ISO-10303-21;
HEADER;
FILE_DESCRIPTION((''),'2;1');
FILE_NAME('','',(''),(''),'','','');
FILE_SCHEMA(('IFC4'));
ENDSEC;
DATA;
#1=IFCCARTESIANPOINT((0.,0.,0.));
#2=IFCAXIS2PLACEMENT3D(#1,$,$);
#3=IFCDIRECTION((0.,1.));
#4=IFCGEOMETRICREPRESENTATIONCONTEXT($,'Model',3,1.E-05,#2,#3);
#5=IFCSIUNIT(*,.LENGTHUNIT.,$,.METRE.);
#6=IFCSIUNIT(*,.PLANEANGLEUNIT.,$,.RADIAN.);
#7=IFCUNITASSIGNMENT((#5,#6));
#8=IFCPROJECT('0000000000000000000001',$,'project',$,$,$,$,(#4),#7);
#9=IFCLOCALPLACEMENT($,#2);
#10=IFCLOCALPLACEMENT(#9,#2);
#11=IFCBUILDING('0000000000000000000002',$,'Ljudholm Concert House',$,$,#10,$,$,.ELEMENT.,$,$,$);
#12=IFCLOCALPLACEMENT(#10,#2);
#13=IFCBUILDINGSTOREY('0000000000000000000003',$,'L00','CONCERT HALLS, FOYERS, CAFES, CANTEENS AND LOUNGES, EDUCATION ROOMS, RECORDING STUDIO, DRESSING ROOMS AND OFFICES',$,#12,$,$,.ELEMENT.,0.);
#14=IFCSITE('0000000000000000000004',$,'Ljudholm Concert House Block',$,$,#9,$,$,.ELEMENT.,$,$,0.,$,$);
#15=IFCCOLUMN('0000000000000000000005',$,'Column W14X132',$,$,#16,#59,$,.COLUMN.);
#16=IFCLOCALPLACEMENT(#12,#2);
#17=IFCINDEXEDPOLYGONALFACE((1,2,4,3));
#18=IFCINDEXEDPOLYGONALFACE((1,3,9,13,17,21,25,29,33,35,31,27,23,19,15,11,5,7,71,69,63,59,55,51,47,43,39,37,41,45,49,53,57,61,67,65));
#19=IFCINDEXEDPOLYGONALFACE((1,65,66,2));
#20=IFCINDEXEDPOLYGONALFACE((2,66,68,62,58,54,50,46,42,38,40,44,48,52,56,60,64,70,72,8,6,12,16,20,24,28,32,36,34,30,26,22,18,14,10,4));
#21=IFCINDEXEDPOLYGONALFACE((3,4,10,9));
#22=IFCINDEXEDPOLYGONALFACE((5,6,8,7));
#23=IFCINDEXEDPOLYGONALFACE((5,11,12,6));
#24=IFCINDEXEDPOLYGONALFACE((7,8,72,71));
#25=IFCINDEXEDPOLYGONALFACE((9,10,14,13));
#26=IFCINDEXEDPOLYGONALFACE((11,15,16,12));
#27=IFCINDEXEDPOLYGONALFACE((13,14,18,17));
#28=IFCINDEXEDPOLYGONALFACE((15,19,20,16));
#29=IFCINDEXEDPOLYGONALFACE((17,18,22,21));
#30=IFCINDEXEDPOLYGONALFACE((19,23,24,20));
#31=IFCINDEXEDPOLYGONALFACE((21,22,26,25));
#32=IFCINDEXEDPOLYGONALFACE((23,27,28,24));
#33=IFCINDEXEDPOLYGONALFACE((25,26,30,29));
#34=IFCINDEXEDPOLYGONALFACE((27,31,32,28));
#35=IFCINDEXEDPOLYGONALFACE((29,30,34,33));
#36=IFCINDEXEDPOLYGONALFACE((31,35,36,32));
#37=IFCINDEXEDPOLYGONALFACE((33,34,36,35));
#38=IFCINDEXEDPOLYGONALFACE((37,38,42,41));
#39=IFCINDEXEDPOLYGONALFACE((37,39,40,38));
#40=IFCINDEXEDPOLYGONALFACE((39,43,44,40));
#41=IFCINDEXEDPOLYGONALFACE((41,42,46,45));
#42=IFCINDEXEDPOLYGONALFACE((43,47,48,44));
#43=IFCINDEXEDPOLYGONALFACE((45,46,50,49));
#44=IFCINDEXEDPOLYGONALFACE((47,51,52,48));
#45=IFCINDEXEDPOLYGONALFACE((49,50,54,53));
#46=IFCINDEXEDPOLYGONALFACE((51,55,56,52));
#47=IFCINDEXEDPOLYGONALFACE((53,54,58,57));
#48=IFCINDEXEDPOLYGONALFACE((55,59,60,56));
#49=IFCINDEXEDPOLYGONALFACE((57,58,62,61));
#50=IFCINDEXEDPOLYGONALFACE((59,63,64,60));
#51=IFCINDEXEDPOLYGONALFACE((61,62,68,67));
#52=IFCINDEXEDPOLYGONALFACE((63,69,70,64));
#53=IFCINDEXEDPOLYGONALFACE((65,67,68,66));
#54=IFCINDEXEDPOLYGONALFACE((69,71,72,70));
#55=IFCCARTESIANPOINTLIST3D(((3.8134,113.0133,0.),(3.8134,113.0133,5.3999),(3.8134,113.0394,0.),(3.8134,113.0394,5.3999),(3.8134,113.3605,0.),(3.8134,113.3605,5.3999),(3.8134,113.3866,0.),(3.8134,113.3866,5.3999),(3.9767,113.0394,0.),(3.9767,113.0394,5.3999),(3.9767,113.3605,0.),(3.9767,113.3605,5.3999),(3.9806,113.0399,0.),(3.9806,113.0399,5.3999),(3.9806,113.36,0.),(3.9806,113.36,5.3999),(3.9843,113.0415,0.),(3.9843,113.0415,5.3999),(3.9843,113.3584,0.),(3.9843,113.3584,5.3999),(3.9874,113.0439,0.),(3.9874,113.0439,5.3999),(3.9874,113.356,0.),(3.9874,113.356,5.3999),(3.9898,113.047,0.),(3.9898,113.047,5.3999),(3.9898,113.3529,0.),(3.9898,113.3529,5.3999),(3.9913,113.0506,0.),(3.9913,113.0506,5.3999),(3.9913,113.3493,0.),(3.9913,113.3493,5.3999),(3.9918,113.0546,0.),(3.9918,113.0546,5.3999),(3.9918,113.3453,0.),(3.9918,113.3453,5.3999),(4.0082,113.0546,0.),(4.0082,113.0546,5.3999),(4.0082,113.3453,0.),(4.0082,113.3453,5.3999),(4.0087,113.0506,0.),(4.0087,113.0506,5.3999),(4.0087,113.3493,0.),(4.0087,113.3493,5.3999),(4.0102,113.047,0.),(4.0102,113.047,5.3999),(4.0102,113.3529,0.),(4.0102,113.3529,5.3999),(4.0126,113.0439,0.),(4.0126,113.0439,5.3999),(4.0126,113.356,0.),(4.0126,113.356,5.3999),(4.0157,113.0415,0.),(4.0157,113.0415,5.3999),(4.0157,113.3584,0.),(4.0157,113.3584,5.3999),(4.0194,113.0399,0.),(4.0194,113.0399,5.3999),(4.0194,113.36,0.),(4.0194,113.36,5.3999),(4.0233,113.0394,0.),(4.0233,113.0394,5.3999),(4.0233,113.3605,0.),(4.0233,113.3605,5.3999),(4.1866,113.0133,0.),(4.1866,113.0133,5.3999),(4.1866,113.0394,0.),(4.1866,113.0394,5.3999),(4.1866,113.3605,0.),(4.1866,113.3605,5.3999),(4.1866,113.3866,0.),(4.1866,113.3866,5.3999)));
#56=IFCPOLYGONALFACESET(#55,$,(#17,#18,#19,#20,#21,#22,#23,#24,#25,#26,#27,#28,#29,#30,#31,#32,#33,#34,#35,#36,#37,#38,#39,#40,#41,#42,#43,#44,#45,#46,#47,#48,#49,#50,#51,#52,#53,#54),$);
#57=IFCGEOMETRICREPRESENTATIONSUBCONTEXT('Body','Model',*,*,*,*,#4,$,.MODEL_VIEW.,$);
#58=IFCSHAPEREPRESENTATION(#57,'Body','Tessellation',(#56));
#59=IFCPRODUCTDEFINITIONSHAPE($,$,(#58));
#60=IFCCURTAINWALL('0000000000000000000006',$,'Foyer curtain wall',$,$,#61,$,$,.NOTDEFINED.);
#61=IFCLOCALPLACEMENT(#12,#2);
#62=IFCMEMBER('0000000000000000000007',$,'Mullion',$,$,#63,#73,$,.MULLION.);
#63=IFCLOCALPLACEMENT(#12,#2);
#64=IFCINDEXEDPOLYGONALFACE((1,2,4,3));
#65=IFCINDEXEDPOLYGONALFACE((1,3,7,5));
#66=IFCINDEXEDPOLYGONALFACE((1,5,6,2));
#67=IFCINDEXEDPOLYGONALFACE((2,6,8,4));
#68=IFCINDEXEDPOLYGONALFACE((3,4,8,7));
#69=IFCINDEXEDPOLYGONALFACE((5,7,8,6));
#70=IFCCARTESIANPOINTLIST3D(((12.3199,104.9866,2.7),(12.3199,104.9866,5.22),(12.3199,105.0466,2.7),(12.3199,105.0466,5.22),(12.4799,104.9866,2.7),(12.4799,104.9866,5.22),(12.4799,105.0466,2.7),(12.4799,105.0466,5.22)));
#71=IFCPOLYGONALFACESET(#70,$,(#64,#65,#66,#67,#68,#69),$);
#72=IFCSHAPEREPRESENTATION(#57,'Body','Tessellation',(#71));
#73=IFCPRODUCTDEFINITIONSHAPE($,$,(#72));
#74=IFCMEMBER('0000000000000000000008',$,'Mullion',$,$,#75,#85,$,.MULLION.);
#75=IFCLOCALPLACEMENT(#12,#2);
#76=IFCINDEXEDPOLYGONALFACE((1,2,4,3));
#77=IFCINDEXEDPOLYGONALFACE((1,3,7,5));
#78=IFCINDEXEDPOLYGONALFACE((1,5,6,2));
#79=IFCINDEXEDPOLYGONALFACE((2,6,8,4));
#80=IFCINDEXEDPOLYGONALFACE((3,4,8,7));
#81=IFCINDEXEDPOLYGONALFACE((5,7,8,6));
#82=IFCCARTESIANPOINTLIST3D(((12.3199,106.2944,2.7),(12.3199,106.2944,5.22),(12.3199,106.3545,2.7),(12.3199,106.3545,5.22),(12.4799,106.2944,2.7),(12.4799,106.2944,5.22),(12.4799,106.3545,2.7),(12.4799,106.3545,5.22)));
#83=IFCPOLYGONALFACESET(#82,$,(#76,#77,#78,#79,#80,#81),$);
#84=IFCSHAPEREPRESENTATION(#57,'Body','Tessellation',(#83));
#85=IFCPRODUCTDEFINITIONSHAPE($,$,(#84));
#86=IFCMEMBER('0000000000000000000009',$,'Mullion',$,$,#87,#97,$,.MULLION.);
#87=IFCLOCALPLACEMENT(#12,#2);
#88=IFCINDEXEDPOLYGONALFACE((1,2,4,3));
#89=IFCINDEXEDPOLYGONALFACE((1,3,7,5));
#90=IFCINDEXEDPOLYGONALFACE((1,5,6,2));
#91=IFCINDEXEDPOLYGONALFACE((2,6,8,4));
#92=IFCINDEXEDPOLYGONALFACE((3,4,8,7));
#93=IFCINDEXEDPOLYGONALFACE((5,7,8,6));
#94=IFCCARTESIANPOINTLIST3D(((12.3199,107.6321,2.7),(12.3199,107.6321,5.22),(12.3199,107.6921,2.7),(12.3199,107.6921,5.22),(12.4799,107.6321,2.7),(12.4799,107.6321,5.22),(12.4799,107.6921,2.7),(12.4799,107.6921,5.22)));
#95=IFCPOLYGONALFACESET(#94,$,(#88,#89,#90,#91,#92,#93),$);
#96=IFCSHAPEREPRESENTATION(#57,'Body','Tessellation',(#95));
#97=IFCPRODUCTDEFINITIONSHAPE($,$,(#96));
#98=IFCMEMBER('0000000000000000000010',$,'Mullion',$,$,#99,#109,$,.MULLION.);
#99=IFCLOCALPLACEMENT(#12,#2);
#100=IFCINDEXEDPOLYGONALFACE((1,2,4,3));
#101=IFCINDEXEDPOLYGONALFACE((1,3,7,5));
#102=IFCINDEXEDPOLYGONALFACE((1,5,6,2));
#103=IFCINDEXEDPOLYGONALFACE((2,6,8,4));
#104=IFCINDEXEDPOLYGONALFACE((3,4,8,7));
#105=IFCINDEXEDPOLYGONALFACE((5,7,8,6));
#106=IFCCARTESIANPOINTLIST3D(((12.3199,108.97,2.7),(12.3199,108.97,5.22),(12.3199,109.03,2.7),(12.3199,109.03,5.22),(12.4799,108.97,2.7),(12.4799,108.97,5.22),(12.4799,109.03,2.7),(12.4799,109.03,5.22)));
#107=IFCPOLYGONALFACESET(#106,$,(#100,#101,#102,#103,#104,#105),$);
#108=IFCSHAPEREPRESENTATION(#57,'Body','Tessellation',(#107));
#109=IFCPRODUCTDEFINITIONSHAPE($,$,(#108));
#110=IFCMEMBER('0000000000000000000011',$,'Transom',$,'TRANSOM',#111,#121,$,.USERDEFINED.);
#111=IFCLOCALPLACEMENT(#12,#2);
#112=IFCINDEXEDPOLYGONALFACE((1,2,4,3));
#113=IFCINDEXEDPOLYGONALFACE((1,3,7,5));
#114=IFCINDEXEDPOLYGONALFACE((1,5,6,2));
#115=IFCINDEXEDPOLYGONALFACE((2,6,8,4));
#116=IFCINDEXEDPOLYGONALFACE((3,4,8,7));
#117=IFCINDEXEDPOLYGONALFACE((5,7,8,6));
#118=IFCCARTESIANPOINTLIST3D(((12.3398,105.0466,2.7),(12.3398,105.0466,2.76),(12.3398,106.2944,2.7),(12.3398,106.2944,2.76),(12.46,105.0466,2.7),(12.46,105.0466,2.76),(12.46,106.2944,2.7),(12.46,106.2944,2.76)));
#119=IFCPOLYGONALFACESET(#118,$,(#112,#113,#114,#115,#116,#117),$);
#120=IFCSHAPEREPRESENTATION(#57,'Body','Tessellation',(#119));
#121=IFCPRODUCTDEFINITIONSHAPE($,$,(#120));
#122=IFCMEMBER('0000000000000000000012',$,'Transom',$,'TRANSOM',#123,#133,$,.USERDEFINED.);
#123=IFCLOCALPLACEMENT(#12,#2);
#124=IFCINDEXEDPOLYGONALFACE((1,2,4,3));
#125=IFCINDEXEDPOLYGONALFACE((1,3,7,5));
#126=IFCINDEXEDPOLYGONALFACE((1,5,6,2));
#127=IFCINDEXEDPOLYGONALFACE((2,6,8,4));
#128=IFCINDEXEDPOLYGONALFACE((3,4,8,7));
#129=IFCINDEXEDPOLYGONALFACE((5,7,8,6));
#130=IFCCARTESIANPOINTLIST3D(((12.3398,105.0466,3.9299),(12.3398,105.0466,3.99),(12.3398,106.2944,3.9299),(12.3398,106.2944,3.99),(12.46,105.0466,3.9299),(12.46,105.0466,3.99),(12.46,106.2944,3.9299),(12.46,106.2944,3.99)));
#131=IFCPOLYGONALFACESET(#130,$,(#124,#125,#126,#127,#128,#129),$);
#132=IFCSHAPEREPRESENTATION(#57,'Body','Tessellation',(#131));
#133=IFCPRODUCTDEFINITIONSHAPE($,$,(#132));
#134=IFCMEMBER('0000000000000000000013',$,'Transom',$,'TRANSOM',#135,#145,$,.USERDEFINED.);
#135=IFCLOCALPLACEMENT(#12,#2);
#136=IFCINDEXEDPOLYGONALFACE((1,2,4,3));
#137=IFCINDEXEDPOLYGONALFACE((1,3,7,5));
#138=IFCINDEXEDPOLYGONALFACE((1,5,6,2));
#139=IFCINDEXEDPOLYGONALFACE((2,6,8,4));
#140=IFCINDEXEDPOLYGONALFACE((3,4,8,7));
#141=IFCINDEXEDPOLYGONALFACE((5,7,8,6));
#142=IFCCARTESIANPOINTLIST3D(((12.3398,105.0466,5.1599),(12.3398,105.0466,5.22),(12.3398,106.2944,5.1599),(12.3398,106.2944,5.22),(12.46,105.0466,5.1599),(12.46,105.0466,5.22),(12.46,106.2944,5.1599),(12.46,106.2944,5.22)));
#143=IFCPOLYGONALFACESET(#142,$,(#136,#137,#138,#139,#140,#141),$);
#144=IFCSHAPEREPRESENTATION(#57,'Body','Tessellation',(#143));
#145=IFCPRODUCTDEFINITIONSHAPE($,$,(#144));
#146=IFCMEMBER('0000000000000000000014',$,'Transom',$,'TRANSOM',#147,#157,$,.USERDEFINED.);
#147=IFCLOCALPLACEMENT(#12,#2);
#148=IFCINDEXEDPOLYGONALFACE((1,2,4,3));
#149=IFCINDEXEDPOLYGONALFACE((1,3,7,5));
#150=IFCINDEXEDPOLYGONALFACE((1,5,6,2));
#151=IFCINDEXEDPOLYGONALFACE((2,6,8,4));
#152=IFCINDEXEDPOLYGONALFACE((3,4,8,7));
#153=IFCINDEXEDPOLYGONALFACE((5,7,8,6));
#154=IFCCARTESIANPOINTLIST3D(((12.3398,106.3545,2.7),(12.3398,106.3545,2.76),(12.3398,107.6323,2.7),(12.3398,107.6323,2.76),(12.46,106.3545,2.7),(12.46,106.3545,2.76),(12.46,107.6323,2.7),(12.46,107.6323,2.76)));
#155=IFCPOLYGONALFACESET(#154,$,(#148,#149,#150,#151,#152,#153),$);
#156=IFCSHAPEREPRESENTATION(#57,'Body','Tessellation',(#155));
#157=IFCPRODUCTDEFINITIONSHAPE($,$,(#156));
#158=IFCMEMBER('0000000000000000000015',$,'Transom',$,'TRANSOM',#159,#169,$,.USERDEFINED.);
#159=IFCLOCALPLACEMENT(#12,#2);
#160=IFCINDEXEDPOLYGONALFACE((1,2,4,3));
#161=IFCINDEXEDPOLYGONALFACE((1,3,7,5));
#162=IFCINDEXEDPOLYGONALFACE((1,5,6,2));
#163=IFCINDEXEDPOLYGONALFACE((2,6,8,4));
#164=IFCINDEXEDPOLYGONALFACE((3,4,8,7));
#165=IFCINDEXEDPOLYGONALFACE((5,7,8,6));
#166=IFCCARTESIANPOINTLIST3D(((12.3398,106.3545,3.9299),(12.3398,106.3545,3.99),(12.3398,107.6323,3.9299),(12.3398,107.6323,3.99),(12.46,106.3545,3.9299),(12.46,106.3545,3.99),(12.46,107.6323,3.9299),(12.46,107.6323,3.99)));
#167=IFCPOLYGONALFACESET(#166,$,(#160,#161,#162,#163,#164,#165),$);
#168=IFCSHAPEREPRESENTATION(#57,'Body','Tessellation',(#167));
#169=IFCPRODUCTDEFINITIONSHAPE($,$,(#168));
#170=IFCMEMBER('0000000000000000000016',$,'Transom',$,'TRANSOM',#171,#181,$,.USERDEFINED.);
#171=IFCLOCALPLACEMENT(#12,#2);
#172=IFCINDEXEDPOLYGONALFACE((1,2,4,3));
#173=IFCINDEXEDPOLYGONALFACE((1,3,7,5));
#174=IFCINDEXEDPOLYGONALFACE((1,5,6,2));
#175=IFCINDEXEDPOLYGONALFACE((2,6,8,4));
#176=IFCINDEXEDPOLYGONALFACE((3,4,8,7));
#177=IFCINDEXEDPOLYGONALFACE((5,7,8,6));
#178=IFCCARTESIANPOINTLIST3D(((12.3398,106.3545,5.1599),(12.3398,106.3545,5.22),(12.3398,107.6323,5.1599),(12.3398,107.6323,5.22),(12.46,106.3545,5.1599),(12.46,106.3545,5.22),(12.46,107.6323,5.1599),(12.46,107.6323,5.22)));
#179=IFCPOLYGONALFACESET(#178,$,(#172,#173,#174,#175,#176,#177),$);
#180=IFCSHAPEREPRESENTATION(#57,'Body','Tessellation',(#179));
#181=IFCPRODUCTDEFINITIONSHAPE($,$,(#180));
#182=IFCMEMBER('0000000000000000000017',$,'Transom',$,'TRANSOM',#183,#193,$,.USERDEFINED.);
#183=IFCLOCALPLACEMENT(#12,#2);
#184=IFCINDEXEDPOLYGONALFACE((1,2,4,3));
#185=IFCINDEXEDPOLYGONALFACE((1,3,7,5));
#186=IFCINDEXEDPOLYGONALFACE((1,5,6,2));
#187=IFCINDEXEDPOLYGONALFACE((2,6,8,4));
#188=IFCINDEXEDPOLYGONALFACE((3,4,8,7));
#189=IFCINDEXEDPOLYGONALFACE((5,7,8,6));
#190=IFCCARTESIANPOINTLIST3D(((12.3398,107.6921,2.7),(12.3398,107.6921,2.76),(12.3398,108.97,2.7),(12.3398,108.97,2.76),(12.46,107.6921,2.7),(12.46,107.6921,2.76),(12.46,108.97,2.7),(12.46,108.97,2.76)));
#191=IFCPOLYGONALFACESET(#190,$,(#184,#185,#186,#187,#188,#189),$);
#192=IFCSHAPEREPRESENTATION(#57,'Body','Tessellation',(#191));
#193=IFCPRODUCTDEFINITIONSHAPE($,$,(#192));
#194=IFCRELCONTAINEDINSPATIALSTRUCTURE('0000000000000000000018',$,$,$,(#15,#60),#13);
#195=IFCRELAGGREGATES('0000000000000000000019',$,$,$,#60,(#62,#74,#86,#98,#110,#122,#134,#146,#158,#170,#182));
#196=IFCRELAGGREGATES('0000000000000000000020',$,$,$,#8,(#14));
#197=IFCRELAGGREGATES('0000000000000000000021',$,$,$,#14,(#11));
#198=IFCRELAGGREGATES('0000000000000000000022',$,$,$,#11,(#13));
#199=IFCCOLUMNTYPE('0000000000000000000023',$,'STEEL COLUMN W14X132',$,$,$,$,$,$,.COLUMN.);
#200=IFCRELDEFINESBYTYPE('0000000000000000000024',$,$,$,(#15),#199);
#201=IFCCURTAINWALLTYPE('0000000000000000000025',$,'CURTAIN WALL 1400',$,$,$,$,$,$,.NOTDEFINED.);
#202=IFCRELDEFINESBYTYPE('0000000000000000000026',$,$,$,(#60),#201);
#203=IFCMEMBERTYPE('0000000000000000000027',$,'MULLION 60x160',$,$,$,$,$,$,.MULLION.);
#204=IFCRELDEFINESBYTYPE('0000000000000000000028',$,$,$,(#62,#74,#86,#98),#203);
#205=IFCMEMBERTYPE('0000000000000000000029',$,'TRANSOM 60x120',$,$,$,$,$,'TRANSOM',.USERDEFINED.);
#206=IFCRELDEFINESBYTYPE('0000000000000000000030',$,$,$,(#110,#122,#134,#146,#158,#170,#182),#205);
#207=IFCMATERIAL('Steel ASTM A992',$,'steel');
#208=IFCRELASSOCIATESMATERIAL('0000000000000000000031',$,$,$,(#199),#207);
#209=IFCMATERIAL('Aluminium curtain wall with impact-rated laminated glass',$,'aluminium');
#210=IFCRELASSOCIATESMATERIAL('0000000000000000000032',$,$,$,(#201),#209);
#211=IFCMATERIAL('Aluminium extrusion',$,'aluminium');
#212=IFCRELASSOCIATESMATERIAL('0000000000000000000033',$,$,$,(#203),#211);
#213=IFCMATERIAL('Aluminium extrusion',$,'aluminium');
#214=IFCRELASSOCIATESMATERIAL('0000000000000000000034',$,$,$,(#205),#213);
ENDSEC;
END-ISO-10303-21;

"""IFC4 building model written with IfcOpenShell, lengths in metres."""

from ifc_helpers import new_model, si_unit, direction, frame, origin, origin_2d, place, context, subcontext, project, spatial, rectangle, i_section, extrude, material, material_profile, profile_set, type_object, element, aggregate, save


model = new_model("IFC4")

# Units and contexts
model_context = context("Model", 3, precision=1e-05, world=origin(), true_north=direction((0.0, 1.0)))
body_context = subcontext(model_context, "Body", "Model", "MODEL_VIEW")
ifc_project = project(units=[si_unit("LENGTHUNIT", "METRE"), si_unit("PLANEANGLEUNIT", "RADIAN")], contexts=[model_context])

# Site, building, storey
site_placement = place(None, origin())
site = spatial("IfcSite", under=ifc_project, at=site_placement, Name="Ljudholm Concert House Block", CompositionType="ELEMENT", RefElevation=0.0)
building_placement = place(site_placement, origin())
building = spatial("IfcBuilding", under=site, at=building_placement, Name="Ljudholm Concert House", CompositionType="ELEMENT")
storey_placement = place(building_placement, origin())
storey = spatial("IfcBuildingStorey", under=building, at=storey_placement, Name="L00", Description="CONCERT HALLS, FOYERS, CAFES, CANTEENS AND LOUNGES, EDUCATION ROOMS, RECORDING STUDIO, DRESSING ROOMS AND OFFICES", CompositionType="ELEMENT", Elevation=0.0)

# Column
ifc_material_1 = material(Name="Steel ASTM A992", Category="steel")
ifc_material_profile_1 = material_profile(ifc_material_1, i_section(OverallWidth=0.3733, OverallDepth=0.3733, WebThickness=0.0164, FlangeThickness=0.0261, FilletRadius=0.0151, at=origin_2d()), Name="W14X132")
ifc_profile_set_1 = profile_set([ifc_material_profile_1], Name="Steel ASTM A992")
column_type = type_object("IfcColumnType", Name="STEEL COLUMN W14X132", PredefinedType="COLUMN", material=ifc_profile_set_1)
column_placement = place(storey_placement, frame((4.0, 113.2, 0.0), z_axis=(0.0, 0.0, 1.0), x_axis=(1.0, 0.0, 0.0)))
element("IfcColumn", 1, at=column_placement, inside=storey, type_object=column_type, Name="Column W14X132", PredefinedType="COLUMN", context=body_context, shape_type="SweptSolid", body=[
    extrude(i_section(OverallWidth=0.3733, OverallDepth=0.3733, WebThickness=0.0164, FlangeThickness=0.0261, FilletRadius=0.0151, at=origin_2d()), origin(), (0.0, 0.0, 1.0), 5.3999),
])

# Curtain wall, members
ifc_material_2 = material(Name="Aluminium curtain wall with impact-rated laminated glass", Category="aluminium")
curtain_wall_type = type_object("IfcCurtainWallType", Name="CURTAIN WALL 1400", PredefinedType="NOTDEFINED", material=ifc_material_2)
curtain_wall_placement = place(storey_placement, origin())
curtain_wall = element("IfcCurtainWall", 2, at=curtain_wall_placement, inside=storey, type_object=curtain_wall_type, Name="Foyer curtain wall", PredefinedType="NOTDEFINED")
ifc_material_3 = material(Name="Aluminium extrusion", Category="aluminium")
ifc_material_profile_2 = material_profile(ifc_material_3, rectangle(XDim=0.1599, YDim=0.0601, at=origin_2d()), Name="MULLION 60x160")
ifc_profile_set_2 = profile_set([ifc_material_profile_2], Name="Aluminium extrusion")
member_type_1 = type_object("IfcMemberType", Name="MULLION 60x160", PredefinedType="MULLION", material=ifc_profile_set_2)
member_1_placement = place(storey_placement, frame((12.3999, 105.0166, 2.7), z_axis=(0.0, 0.0, 1.0), x_axis=(-1.0, 0.0, 0.0)))
member_1 = element("IfcMember", 3, at=member_1_placement, type_object=member_type_1, Name="Mullion", PredefinedType="MULLION", context=body_context, shape_type="SweptSolid", body=[
    extrude(rectangle(XDim=0.1599, YDim=0.0601, at=origin_2d()), origin(), (0.0, 0.0, 1.0), 2.52),
])
member_2_placement = place(storey_placement, frame((12.3999, 106.3245, 2.7), z_axis=(0.0, 0.0, 1.0), x_axis=(-1.0, 0.0, 0.0)))
member_2 = element("IfcMember", 4, at=member_2_placement, type_object=member_type_1, Name="Mullion", PredefinedType="MULLION", context=body_context, shape_type="SweptSolid", body=[
    extrude(rectangle(XDim=0.1599, YDim=0.0601, at=origin_2d()), origin(), (0.0, 0.0, 1.0), 2.52),
])
member_3_placement = place(storey_placement, frame((12.3999, 107.6621, 2.7), z_axis=(0.0, 0.0, 1.0), x_axis=(-1.0, 0.0, 0.0)))
member_3 = element("IfcMember", 5, at=member_3_placement, type_object=member_type_1, Name="Mullion", PredefinedType="MULLION", context=body_context, shape_type="SweptSolid", body=[
    extrude(rectangle(XDim=0.1599, YDim=0.0601, at=origin_2d()), origin(), (0.0, 0.0, 1.0), 2.52),
])
member_4_placement = place(storey_placement, frame((12.3999, 109.0, 2.7), z_axis=(0.0, 0.0, 1.0), x_axis=(-1.0, 0.0, 0.0)))
member_4 = element("IfcMember", 6, at=member_4_placement, type_object=member_type_1, Name="Mullion", PredefinedType="MULLION", context=body_context, shape_type="SweptSolid", body=[
    extrude(rectangle(XDim=0.1599, YDim=0.0601, at=origin_2d()), origin(), (0.0, 0.0, 1.0), 2.52),
])
ifc_material_4 = material(Name="Aluminium extrusion", Category="aluminium")
ifc_material_profile_3 = material_profile(ifc_material_4, rectangle(XDim=0.1201, YDim=0.0601, at=origin_2d()), Name="TRANSOM 60x120")
ifc_profile_set_3 = profile_set([ifc_material_profile_3], Name="Aluminium extrusion")
member_type_2 = type_object("IfcMemberType", Name="TRANSOM 60x120", ElementType="TRANSOM", PredefinedType="USERDEFINED", material=ifc_profile_set_3)
member_5_placement = place(storey_placement, frame((12.3999, 105.0466, 2.73), z_axis=(0.0, 1.0, 0.0), x_axis=(-1.0, 0.0, 0.0)))
member_5 = element("IfcMember", 7, at=member_5_placement, type_object=member_type_2, Name="Transom", ObjectType="TRANSOM", PredefinedType="USERDEFINED", context=body_context, shape_type="SweptSolid", body=[
    extrude(rectangle(XDim=0.1201, YDim=0.0601, at=origin_2d()), origin(), (0.0, 0.0, 1.0), 1.2478),
])
member_6_placement = place(storey_placement, frame((12.3999, 105.0466, 3.96), z_axis=(0.0, 1.0, 0.0), x_axis=(-1.0, 0.0, 0.0)))
member_6 = element("IfcMember", 8, at=member_6_placement, type_object=member_type_2, Name="Transom", ObjectType="TRANSOM", PredefinedType="USERDEFINED", context=body_context, shape_type="SweptSolid", body=[
    extrude(rectangle(XDim=0.1201, YDim=0.0601, at=origin_2d()), origin(), (0.0, 0.0, 1.0), 1.2478),
])
member_7_placement = place(storey_placement, frame((12.3999, 105.0466, 5.1899), z_axis=(0.0, 1.0, 0.0), x_axis=(-1.0, 0.0, 0.0)))
member_7 = element("IfcMember", 9, at=member_7_placement, type_object=member_type_2, Name="Transom", ObjectType="TRANSOM", PredefinedType="USERDEFINED", context=body_context, shape_type="SweptSolid", body=[
    extrude(rectangle(XDim=0.1201, YDim=0.0601, at=origin_2d()), origin(), (0.0, 0.0, 1.0), 1.2478),
])
member_8_placement = place(storey_placement, frame((12.3999, 106.3545, 2.73), z_axis=(0.0, 1.0, 0.0), x_axis=(-1.0, 0.0, 0.0)))
member_8 = element("IfcMember", 10, at=member_8_placement, type_object=member_type_2, Name="Transom", ObjectType="TRANSOM", PredefinedType="USERDEFINED", context=body_context, shape_type="SweptSolid", body=[
    extrude(rectangle(XDim=0.1201, YDim=0.0601, at=origin_2d()), origin(), (0.0, 0.0, 1.0), 1.2778),
])
member_9_placement = place(storey_placement, frame((12.3999, 106.3545, 3.96), z_axis=(0.0, 1.0, 0.0), x_axis=(-1.0, 0.0, 0.0)))
member_9 = element("IfcMember", 11, at=member_9_placement, type_object=member_type_2, Name="Transom", ObjectType="TRANSOM", PredefinedType="USERDEFINED", context=body_context, shape_type="SweptSolid", body=[
    extrude(rectangle(XDim=0.1201, YDim=0.0601, at=origin_2d()), origin(), (0.0, 0.0, 1.0), 1.2778),
])
member_10_placement = place(storey_placement, frame((12.3999, 106.3545, 5.1899), z_axis=(0.0, 1.0, 0.0), x_axis=(-1.0, 0.0, 0.0)))
member_10 = element("IfcMember", 12, at=member_10_placement, type_object=member_type_2, Name="Transom", ObjectType="TRANSOM", PredefinedType="USERDEFINED", context=body_context, shape_type="SweptSolid", body=[
    extrude(rectangle(XDim=0.1201, YDim=0.0601, at=origin_2d()), origin(), (0.0, 0.0, 1.0), 1.2778),
])
member_11_placement = place(storey_placement, frame((12.3999, 107.6921, 2.73), z_axis=(0.0, 1.0, 0.0), x_axis=(-1.0, 0.0, 0.0)))
member_11 = element("IfcMember", 13, at=member_11_placement, type_object=member_type_2, Name="Transom", ObjectType="TRANSOM", PredefinedType="USERDEFINED", context=body_context, shape_type="SweptSolid", body=[
    extrude(rectangle(XDim=0.1201, YDim=0.0601, at=origin_2d()), origin(), (0.0, 0.0, 1.0), 1.2778),
])
aggregate(curtain_wall, [member_1, member_2, member_3, member_4, member_5, member_6, member_7, member_8, member_9, member_10, member_11])

save(model, "model.ifc")
